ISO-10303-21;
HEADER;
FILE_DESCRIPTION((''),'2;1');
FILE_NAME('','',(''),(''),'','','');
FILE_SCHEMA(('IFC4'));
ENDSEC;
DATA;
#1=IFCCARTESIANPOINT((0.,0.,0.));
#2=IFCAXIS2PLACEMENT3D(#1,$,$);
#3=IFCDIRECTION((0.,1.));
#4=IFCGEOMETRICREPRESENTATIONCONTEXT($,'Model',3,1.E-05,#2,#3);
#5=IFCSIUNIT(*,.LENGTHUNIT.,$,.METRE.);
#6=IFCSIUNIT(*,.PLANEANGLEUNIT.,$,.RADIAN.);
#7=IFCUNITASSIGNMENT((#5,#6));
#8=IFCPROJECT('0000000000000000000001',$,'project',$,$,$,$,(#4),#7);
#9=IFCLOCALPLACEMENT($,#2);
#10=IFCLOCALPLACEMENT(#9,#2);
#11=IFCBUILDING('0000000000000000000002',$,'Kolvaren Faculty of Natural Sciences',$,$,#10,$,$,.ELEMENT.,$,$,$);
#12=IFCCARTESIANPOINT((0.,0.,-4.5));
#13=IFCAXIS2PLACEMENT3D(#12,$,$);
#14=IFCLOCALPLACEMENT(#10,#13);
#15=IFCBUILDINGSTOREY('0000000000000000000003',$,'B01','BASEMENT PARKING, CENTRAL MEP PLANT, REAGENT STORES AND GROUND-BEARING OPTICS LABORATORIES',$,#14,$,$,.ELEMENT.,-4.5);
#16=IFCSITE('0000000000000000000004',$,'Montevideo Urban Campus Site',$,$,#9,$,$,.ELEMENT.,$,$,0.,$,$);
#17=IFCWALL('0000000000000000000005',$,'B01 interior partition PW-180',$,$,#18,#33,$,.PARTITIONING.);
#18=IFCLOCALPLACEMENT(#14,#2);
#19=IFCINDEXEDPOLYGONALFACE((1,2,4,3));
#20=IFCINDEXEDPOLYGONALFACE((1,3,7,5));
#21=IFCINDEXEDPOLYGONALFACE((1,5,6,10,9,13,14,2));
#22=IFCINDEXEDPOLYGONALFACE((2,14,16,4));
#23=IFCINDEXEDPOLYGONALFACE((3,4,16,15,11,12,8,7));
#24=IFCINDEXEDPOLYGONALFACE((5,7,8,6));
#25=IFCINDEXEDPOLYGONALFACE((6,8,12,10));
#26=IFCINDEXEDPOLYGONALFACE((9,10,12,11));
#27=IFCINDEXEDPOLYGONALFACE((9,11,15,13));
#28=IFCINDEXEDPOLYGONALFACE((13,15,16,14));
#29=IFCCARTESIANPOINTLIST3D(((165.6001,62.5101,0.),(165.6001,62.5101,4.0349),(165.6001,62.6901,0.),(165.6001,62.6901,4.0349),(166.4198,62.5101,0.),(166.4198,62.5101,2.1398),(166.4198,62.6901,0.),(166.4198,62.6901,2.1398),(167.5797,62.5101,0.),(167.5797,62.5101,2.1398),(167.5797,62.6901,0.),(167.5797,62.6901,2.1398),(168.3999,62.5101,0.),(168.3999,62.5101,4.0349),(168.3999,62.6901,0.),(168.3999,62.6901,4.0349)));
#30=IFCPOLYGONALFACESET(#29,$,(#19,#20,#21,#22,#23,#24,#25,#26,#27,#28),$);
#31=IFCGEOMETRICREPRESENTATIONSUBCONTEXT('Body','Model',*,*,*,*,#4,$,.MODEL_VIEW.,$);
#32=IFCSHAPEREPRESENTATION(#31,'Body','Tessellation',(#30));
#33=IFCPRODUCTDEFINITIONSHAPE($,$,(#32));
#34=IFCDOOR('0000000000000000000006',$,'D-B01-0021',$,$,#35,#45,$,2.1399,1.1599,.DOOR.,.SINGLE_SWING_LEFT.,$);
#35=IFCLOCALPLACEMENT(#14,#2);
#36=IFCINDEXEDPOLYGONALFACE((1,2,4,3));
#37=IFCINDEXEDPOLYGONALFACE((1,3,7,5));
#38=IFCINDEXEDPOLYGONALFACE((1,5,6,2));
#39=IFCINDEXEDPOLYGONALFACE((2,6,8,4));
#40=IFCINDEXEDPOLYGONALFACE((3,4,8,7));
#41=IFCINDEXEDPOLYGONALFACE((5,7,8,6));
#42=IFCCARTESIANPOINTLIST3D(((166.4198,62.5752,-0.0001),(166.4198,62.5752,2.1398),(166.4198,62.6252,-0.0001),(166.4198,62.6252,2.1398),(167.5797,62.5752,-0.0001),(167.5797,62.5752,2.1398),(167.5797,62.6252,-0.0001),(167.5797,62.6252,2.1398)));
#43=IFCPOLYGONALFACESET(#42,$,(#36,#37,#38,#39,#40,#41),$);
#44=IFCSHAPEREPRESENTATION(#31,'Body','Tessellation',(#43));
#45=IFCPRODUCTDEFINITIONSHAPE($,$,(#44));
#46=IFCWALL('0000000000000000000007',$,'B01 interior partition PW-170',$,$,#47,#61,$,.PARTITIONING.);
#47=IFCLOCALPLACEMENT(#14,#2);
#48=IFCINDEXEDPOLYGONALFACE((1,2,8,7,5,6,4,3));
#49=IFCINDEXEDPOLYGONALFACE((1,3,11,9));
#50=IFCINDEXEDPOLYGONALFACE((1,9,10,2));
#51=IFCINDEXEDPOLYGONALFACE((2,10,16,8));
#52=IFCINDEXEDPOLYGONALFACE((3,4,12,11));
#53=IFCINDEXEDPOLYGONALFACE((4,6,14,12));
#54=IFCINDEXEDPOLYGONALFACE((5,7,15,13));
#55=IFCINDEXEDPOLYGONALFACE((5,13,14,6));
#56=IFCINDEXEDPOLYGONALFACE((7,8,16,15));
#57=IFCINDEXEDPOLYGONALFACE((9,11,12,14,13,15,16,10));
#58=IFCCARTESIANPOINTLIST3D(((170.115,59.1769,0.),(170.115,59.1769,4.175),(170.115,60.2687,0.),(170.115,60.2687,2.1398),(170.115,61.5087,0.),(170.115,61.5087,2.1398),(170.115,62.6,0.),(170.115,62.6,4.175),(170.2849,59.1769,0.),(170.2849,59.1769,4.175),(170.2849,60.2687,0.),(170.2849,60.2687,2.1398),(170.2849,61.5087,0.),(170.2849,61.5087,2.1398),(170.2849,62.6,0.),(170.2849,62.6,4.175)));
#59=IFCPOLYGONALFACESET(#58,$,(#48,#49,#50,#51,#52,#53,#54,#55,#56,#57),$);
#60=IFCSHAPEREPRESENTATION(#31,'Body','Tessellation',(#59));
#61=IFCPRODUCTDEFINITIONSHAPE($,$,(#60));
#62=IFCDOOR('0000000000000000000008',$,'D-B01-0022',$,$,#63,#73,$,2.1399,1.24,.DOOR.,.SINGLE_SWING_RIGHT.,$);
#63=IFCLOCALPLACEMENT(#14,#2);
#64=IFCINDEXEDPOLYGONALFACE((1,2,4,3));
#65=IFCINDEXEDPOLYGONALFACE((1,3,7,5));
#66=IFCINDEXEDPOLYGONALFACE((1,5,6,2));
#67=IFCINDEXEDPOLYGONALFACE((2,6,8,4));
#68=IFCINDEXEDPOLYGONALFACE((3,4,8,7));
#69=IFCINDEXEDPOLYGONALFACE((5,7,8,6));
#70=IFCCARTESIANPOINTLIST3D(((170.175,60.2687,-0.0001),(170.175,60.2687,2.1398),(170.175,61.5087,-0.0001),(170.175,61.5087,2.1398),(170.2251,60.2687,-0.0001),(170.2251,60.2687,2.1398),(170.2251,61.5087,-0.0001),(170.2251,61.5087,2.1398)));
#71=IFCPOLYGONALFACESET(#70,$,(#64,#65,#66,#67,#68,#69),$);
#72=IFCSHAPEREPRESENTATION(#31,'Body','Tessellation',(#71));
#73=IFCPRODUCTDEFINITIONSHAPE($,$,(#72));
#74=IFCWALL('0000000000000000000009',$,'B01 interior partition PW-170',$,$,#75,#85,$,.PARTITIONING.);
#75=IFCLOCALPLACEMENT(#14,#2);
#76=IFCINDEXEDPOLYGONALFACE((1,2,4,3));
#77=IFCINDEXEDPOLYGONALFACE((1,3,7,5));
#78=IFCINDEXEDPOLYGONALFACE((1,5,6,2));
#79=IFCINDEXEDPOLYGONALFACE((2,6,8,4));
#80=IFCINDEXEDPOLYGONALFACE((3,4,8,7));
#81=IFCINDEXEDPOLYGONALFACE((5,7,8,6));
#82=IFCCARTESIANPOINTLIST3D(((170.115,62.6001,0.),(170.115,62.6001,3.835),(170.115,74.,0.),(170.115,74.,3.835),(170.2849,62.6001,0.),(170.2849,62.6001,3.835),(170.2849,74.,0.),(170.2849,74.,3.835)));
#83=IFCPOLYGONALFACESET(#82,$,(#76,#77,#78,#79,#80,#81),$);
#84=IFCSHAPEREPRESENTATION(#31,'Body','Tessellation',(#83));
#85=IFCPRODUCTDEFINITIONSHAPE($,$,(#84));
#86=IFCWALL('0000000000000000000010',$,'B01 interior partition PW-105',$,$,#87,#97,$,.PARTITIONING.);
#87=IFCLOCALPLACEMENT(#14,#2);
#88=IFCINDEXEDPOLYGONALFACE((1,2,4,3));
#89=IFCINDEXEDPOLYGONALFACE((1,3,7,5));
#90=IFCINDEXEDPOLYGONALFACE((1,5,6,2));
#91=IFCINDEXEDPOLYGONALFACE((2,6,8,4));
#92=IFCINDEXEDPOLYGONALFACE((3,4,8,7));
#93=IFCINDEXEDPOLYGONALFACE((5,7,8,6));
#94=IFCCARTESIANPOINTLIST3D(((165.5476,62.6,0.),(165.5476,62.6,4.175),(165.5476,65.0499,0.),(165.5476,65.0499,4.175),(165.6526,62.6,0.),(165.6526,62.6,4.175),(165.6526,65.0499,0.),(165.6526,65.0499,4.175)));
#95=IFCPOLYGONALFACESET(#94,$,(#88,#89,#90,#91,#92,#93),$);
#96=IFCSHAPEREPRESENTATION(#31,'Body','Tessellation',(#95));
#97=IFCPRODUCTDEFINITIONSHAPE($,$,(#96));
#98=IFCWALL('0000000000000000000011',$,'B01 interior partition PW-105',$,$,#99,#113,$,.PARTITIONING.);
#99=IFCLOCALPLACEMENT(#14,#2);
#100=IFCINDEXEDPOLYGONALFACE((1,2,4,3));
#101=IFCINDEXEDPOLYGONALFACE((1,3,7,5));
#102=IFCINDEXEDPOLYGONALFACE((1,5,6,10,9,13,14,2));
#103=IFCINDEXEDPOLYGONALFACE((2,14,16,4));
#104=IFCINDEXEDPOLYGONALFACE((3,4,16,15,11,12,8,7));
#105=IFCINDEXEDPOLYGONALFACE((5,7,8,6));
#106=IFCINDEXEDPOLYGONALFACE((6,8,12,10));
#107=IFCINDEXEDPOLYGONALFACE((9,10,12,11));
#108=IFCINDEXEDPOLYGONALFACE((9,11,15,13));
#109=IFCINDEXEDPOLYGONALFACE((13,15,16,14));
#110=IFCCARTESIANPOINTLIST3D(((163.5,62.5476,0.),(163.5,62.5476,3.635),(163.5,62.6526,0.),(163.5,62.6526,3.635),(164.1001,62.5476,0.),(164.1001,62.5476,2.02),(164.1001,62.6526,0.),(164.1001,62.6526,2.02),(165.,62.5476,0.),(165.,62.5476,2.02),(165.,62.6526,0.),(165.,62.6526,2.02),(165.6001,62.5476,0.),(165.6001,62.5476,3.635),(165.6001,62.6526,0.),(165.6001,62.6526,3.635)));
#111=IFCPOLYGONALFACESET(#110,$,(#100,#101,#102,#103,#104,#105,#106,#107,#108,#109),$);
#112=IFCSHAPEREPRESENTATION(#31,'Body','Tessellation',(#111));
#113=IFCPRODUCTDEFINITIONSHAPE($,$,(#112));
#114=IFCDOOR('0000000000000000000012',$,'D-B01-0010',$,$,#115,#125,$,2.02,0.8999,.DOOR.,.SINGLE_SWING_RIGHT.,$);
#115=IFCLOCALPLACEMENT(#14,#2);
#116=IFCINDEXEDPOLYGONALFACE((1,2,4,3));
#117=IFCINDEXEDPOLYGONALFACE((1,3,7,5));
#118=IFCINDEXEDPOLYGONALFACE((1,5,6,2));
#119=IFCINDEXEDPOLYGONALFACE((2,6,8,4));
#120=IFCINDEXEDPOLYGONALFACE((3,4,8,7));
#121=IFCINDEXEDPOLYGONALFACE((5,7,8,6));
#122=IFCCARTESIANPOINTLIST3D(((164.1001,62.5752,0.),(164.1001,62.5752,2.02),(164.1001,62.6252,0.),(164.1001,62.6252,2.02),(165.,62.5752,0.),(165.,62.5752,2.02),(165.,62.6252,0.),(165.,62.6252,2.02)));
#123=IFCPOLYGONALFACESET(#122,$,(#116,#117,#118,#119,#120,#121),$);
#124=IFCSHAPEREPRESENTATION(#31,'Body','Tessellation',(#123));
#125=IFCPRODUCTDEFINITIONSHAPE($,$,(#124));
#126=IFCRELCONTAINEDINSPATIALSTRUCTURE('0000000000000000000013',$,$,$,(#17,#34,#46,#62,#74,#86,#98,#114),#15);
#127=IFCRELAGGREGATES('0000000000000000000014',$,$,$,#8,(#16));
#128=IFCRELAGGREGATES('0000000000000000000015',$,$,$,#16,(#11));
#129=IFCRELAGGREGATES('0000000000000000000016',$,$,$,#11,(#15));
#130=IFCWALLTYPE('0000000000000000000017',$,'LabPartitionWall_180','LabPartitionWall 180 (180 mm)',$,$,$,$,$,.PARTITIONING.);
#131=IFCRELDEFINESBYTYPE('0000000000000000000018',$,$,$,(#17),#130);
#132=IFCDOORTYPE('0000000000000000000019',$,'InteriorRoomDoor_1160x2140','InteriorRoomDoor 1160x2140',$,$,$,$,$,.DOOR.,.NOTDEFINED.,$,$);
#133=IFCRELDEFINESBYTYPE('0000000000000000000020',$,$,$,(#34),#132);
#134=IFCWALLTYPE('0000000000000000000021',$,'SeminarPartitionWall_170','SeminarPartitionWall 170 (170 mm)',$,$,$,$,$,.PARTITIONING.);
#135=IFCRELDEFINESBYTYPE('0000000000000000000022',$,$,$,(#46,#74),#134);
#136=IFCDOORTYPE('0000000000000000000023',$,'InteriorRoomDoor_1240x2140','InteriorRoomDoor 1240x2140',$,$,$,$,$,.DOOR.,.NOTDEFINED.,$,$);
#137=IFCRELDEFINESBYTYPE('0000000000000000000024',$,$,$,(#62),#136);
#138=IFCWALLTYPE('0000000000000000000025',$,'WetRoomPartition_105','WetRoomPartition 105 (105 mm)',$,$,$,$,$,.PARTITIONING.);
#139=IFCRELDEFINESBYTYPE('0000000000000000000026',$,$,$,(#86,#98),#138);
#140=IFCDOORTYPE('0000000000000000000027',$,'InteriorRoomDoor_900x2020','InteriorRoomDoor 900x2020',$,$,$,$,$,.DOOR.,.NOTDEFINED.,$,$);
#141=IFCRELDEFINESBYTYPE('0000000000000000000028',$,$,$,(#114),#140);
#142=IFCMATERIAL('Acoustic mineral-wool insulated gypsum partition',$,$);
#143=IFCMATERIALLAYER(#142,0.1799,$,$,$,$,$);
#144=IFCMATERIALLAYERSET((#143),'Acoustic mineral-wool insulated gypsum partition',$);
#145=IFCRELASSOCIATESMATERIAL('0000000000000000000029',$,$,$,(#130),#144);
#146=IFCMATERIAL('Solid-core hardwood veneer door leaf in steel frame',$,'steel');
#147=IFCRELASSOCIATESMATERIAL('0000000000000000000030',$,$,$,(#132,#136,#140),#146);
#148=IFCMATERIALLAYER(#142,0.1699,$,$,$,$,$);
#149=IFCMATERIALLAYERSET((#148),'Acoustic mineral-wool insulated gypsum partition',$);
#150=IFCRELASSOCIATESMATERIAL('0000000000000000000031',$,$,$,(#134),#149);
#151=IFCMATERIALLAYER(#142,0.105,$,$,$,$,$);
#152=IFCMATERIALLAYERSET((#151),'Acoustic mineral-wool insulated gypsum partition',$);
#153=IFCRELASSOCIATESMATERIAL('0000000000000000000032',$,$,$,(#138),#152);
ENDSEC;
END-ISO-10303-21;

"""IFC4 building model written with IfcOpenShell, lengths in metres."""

from ifc_helpers import new_model, si_unit, direction, frame, frame_2d, origin, place, context, subcontext, project, spatial, rectangle, extrude, material, layer, layer_set, type_object, element, fill, save


model = new_model("IFC4")

# Units and contexts
model_context = context("Model", 3, precision=1e-05, world=origin(), true_north=direction((0.0, 1.0)))
body_context = subcontext(model_context, "Body", "Model", "MODEL_VIEW")
ifc_project = project(units=[si_unit("LENGTHUNIT", "METRE"), si_unit("PLANEANGLEUNIT", "RADIAN")], contexts=[model_context])

# Site, building, storey
site_placement = place(None, origin())
site = spatial("IfcSite", under=ifc_project, at=site_placement, Name="Montevideo Urban Campus Site", CompositionType="ELEMENT", RefElevation=0.0)
building_placement = place(site_placement, origin())
building = spatial("IfcBuilding", under=site, at=building_placement, Name="Kolvaren Faculty of Natural Sciences", CompositionType="ELEMENT")
storey_placement = place(building_placement, frame((0.0, 0.0, -4.5)))
storey = spatial("IfcBuildingStorey", under=building, at=storey_placement, Name="B01", Description="BASEMENT PARKING, CENTRAL MEP PLANT, REAGENT STORES AND GROUND-BEARING OPTICS LABORATORIES", CompositionType="ELEMENT", Elevation=-4.5)

# Walls, openings, doors
ifc_material_1 = material(Name="Acoustic mineral-wool insulated gypsum partition")
ifc_layer_1 = layer(ifc_material_1, 0.1799)
ifc_layer_set_1 = layer_set([ifc_layer_1], Name="Acoustic mineral-wool insulated gypsum partition")
wall_type_1 = type_object("IfcWallType", Name="LabPartitionWall_180", Description="LabPartitionWall 180 (180 mm)", PredefinedType="PARTITIONING", material=ifc_layer_set_1)
wall_1_placement = place(storey_placement, frame((168.3999, 62.6001, 0.0), z_axis=(0.0, 0.0, 1.0), x_axis=(-1.0, 0.0, 0.0)))
wall_1 = element("IfcWall", 1, at=wall_1_placement, inside=storey, type_object=wall_type_1, Name="B01 interior partition PW-180", PredefinedType="PARTITIONING", context=body_context, shape_type="SweptSolid", body=[
    extrude(rectangle(XDim=2.7998, YDim=0.1799, at=frame_2d((1.3999, 0.0))), origin(), (0.0, 0.0, 1.0), 4.0349),
])
opening_1_placement = place(wall_1_placement, frame((0.8201, 0.0, 0.0)))
opening_1 = element("IfcOpeningElement", 2, at=opening_1_placement, cuts=wall_1, PredefinedType="OPENING", context=body_context, shape_type="SweptSolid", body=[
    extrude(rectangle(XDim=1.1599, YDim=2.1399, at=frame_2d((0.5801, 1.0698))), frame((0.0, 0.0999, 0.0), z_axis=(0.0, -1.0, 0.0), x_axis=(1.0, 0.0, 0.0)), (0.0, 0.0, 1.0), 0.2),
])
ifc_material_2 = material(Name="Solid-core hardwood veneer door leaf in steel frame", Category="steel")
door_type_1 = type_object("IfcDoorType", Name="InteriorRoomDoor_1160x2140", Description="InteriorRoomDoor 1160x2140", OperationType="NOTDEFINED", PredefinedType="DOOR", material=ifc_material_2)
door_1_placement = place(opening_1_placement, origin())
door_1 = element("IfcDoor", 3, at=door_1_placement, inside=storey, type_object=door_type_1, Name="D-B01-0021", OperationType="SINGLE_SWING_LEFT", OverallHeight=2.1399, OverallWidth=1.1599, PredefinedType="DOOR", context=body_context, shape_type="SweptSolid", body=[
    extrude(rectangle(XDim=1.1599, YDim=2.1399, at=frame_2d((0.5801, 1.0698))), frame((0.0, 0.0249, 0.0), z_axis=(0.0, -1.0, 0.0), x_axis=(1.0, 0.0, 0.0)), (0.0, 0.0, 1.0), 0.05),
])
fill(opening_1, door_1)
ifc_layer_2 = layer(ifc_material_1, 0.1699)
ifc_layer_set_2 = layer_set([ifc_layer_2], Name="Acoustic mineral-wool insulated gypsum partition")
wall_type_2 = type_object("IfcWallType", Name="SeminarPartitionWall_170", Description="SeminarPartitionWall 170 (170 mm)", PredefinedType="PARTITIONING", material=ifc_layer_set_2)
wall_2_placement = place(storey_placement, frame((170.2, 59.177, 0.0), z_axis=(0.0, 0.0, 1.0), x_axis=(0.0, 1.0, 0.0)))
wall_2 = element("IfcWall", 4, at=wall_2_placement, inside=storey, type_object=wall_type_2, Name="B01 interior partition PW-170", PredefinedType="PARTITIONING", context=body_context, shape_type="SweptSolid", body=[
    extrude(rectangle(XDim=3.4231, YDim=0.1699, at=frame_2d((1.7114, 0.0))), origin(), (0.0, 0.0, 1.0), 4.175),
])
opening_2_placement = place(wall_2_placement, frame((1.0916, 0.0, 0.0)))
opening_2 = element("IfcOpeningElement", 5, at=opening_2_placement, cuts=wall_2, PredefinedType="OPENING", context=body_context, shape_type="SweptSolid", body=[
    extrude(rectangle(XDim=1.24, YDim=2.1399, at=frame_2d((0.6201, 1.0698))), frame((0.0, 0.095, 0.0), z_axis=(0.0, -1.0, 0.0), x_axis=(1.0, 0.0, 0.0)), (0.0, 0.0, 1.0), 0.1899),
])
door_type_2 = type_object("IfcDoorType", Name="InteriorRoomDoor_1240x2140", Description="InteriorRoomDoor 1240x2140", OperationType="NOTDEFINED", PredefinedType="DOOR", material=ifc_material_2)
door_2_placement = place(opening_2_placement, origin())
door_2 = element("IfcDoor", 6, at=door_2_placement, inside=storey, type_object=door_type_2, Name="D-B01-0022", OperationType="SINGLE_SWING_RIGHT", OverallHeight=2.1399, OverallWidth=1.24, PredefinedType="DOOR", context=body_context, shape_type="SweptSolid", body=[
    extrude(rectangle(XDim=1.24, YDim=2.1399, at=frame_2d((0.6201, 1.0698))), frame((0.0, 0.0249, 0.0), z_axis=(0.0, -1.0, 0.0), x_axis=(1.0, 0.0, 0.0)), (0.0, 0.0, 1.0), 0.05),
])
fill(opening_2, door_2)

# Walls
wall_3_placement = place(storey_placement, frame((170.2, 62.6001, 0.0), z_axis=(0.0, 0.0, 1.0), x_axis=(0.0, 1.0, 0.0)))
element("IfcWall", 7, at=wall_3_placement, inside=storey, type_object=wall_type_2, Name="B01 interior partition PW-170", PredefinedType="PARTITIONING", context=body_context, shape_type="SweptSolid", body=[
    extrude(rectangle(XDim=11.3999, YDim=0.1699, at=frame_2d((5.7, 0.0))), origin(), (0.0, 0.0, 1.0), 3.835),
])
ifc_layer_3 = layer(ifc_material_1, 0.105)
ifc_layer_set_3 = layer_set([ifc_layer_3], Name="Acoustic mineral-wool insulated gypsum partition")
wall_type_3 = type_object("IfcWallType", Name="WetRoomPartition_105", Description="WetRoomPartition 105 (105 mm)", PredefinedType="PARTITIONING", material=ifc_layer_set_3)
wall_4_placement = place(storey_placement, frame((165.6001, 65.05, 0.0), z_axis=(0.0, 0.0, 1.0), x_axis=(0.0, -1.0, 0.0)))
element("IfcWall", 8, at=wall_4_placement, inside=storey, type_object=wall_type_3, Name="B01 interior partition PW-105", PredefinedType="PARTITIONING", context=body_context, shape_type="SweptSolid", body=[
    extrude(rectangle(XDim=2.45, YDim=0.105, at=frame_2d((1.2251, 0.0))), origin(), (0.0, 0.0, 1.0), 4.175),
])

# Wall, opening, door
wall_5_placement = place(storey_placement, frame((165.6001, 62.6001, 0.0), z_axis=(0.0, 0.0, 1.0), x_axis=(-1.0, 0.0, 0.0)))
wall_5 = element("IfcWall", 9, at=wall_5_placement, inside=storey, type_object=wall_type_3, Name="B01 interior partition PW-105", PredefinedType="PARTITIONING", context=body_context, shape_type="SweptSolid", body=[
    extrude(rectangle(XDim=2.1001, YDim=0.105, at=frame_2d((1.05, 0.0))), origin(), (0.0, 0.0, 1.0), 3.635),
])
opening_3_placement = place(wall_5_placement, frame((0.6001, 0.0, 0.0)))
opening_3 = element("IfcOpeningElement", 10, at=opening_3_placement, cuts=wall_5, PredefinedType="OPENING", context=body_context, shape_type="SweptSolid", body=[
    extrude(rectangle(XDim=0.8999, YDim=2.02, at=frame_2d((0.45, 1.01))), frame((0.0, 0.0625, 0.0), z_axis=(0.0, -1.0, 0.0), x_axis=(1.0, 0.0, 0.0)), (0.0, 0.0, 1.0), 0.125),
])
door_type_3 = type_object("IfcDoorType", Name="InteriorRoomDoor_900x2020", Description="InteriorRoomDoor 900x2020", OperationType="NOTDEFINED", PredefinedType="DOOR", material=ifc_material_2)
door_3_placement = place(opening_3_placement, origin())
door_3 = element("IfcDoor", 11, at=door_3_placement, inside=storey, type_object=door_type_3, Name="D-B01-0010", OperationType="SINGLE_SWING_RIGHT", OverallHeight=2.02, OverallWidth=0.8999, PredefinedType="DOOR", context=body_context, shape_type="SweptSolid", body=[
    extrude(rectangle(XDim=0.8999, YDim=2.02, at=frame_2d((0.45, 1.01))), frame((0.0, 0.0249, 0.0), z_axis=(0.0, -1.0, 0.0), x_axis=(1.0, 0.0, 0.0)), (0.0, 0.0, 1.0), 0.05),
])
fill(opening_3, door_3)

save(model, "model.ifc")
